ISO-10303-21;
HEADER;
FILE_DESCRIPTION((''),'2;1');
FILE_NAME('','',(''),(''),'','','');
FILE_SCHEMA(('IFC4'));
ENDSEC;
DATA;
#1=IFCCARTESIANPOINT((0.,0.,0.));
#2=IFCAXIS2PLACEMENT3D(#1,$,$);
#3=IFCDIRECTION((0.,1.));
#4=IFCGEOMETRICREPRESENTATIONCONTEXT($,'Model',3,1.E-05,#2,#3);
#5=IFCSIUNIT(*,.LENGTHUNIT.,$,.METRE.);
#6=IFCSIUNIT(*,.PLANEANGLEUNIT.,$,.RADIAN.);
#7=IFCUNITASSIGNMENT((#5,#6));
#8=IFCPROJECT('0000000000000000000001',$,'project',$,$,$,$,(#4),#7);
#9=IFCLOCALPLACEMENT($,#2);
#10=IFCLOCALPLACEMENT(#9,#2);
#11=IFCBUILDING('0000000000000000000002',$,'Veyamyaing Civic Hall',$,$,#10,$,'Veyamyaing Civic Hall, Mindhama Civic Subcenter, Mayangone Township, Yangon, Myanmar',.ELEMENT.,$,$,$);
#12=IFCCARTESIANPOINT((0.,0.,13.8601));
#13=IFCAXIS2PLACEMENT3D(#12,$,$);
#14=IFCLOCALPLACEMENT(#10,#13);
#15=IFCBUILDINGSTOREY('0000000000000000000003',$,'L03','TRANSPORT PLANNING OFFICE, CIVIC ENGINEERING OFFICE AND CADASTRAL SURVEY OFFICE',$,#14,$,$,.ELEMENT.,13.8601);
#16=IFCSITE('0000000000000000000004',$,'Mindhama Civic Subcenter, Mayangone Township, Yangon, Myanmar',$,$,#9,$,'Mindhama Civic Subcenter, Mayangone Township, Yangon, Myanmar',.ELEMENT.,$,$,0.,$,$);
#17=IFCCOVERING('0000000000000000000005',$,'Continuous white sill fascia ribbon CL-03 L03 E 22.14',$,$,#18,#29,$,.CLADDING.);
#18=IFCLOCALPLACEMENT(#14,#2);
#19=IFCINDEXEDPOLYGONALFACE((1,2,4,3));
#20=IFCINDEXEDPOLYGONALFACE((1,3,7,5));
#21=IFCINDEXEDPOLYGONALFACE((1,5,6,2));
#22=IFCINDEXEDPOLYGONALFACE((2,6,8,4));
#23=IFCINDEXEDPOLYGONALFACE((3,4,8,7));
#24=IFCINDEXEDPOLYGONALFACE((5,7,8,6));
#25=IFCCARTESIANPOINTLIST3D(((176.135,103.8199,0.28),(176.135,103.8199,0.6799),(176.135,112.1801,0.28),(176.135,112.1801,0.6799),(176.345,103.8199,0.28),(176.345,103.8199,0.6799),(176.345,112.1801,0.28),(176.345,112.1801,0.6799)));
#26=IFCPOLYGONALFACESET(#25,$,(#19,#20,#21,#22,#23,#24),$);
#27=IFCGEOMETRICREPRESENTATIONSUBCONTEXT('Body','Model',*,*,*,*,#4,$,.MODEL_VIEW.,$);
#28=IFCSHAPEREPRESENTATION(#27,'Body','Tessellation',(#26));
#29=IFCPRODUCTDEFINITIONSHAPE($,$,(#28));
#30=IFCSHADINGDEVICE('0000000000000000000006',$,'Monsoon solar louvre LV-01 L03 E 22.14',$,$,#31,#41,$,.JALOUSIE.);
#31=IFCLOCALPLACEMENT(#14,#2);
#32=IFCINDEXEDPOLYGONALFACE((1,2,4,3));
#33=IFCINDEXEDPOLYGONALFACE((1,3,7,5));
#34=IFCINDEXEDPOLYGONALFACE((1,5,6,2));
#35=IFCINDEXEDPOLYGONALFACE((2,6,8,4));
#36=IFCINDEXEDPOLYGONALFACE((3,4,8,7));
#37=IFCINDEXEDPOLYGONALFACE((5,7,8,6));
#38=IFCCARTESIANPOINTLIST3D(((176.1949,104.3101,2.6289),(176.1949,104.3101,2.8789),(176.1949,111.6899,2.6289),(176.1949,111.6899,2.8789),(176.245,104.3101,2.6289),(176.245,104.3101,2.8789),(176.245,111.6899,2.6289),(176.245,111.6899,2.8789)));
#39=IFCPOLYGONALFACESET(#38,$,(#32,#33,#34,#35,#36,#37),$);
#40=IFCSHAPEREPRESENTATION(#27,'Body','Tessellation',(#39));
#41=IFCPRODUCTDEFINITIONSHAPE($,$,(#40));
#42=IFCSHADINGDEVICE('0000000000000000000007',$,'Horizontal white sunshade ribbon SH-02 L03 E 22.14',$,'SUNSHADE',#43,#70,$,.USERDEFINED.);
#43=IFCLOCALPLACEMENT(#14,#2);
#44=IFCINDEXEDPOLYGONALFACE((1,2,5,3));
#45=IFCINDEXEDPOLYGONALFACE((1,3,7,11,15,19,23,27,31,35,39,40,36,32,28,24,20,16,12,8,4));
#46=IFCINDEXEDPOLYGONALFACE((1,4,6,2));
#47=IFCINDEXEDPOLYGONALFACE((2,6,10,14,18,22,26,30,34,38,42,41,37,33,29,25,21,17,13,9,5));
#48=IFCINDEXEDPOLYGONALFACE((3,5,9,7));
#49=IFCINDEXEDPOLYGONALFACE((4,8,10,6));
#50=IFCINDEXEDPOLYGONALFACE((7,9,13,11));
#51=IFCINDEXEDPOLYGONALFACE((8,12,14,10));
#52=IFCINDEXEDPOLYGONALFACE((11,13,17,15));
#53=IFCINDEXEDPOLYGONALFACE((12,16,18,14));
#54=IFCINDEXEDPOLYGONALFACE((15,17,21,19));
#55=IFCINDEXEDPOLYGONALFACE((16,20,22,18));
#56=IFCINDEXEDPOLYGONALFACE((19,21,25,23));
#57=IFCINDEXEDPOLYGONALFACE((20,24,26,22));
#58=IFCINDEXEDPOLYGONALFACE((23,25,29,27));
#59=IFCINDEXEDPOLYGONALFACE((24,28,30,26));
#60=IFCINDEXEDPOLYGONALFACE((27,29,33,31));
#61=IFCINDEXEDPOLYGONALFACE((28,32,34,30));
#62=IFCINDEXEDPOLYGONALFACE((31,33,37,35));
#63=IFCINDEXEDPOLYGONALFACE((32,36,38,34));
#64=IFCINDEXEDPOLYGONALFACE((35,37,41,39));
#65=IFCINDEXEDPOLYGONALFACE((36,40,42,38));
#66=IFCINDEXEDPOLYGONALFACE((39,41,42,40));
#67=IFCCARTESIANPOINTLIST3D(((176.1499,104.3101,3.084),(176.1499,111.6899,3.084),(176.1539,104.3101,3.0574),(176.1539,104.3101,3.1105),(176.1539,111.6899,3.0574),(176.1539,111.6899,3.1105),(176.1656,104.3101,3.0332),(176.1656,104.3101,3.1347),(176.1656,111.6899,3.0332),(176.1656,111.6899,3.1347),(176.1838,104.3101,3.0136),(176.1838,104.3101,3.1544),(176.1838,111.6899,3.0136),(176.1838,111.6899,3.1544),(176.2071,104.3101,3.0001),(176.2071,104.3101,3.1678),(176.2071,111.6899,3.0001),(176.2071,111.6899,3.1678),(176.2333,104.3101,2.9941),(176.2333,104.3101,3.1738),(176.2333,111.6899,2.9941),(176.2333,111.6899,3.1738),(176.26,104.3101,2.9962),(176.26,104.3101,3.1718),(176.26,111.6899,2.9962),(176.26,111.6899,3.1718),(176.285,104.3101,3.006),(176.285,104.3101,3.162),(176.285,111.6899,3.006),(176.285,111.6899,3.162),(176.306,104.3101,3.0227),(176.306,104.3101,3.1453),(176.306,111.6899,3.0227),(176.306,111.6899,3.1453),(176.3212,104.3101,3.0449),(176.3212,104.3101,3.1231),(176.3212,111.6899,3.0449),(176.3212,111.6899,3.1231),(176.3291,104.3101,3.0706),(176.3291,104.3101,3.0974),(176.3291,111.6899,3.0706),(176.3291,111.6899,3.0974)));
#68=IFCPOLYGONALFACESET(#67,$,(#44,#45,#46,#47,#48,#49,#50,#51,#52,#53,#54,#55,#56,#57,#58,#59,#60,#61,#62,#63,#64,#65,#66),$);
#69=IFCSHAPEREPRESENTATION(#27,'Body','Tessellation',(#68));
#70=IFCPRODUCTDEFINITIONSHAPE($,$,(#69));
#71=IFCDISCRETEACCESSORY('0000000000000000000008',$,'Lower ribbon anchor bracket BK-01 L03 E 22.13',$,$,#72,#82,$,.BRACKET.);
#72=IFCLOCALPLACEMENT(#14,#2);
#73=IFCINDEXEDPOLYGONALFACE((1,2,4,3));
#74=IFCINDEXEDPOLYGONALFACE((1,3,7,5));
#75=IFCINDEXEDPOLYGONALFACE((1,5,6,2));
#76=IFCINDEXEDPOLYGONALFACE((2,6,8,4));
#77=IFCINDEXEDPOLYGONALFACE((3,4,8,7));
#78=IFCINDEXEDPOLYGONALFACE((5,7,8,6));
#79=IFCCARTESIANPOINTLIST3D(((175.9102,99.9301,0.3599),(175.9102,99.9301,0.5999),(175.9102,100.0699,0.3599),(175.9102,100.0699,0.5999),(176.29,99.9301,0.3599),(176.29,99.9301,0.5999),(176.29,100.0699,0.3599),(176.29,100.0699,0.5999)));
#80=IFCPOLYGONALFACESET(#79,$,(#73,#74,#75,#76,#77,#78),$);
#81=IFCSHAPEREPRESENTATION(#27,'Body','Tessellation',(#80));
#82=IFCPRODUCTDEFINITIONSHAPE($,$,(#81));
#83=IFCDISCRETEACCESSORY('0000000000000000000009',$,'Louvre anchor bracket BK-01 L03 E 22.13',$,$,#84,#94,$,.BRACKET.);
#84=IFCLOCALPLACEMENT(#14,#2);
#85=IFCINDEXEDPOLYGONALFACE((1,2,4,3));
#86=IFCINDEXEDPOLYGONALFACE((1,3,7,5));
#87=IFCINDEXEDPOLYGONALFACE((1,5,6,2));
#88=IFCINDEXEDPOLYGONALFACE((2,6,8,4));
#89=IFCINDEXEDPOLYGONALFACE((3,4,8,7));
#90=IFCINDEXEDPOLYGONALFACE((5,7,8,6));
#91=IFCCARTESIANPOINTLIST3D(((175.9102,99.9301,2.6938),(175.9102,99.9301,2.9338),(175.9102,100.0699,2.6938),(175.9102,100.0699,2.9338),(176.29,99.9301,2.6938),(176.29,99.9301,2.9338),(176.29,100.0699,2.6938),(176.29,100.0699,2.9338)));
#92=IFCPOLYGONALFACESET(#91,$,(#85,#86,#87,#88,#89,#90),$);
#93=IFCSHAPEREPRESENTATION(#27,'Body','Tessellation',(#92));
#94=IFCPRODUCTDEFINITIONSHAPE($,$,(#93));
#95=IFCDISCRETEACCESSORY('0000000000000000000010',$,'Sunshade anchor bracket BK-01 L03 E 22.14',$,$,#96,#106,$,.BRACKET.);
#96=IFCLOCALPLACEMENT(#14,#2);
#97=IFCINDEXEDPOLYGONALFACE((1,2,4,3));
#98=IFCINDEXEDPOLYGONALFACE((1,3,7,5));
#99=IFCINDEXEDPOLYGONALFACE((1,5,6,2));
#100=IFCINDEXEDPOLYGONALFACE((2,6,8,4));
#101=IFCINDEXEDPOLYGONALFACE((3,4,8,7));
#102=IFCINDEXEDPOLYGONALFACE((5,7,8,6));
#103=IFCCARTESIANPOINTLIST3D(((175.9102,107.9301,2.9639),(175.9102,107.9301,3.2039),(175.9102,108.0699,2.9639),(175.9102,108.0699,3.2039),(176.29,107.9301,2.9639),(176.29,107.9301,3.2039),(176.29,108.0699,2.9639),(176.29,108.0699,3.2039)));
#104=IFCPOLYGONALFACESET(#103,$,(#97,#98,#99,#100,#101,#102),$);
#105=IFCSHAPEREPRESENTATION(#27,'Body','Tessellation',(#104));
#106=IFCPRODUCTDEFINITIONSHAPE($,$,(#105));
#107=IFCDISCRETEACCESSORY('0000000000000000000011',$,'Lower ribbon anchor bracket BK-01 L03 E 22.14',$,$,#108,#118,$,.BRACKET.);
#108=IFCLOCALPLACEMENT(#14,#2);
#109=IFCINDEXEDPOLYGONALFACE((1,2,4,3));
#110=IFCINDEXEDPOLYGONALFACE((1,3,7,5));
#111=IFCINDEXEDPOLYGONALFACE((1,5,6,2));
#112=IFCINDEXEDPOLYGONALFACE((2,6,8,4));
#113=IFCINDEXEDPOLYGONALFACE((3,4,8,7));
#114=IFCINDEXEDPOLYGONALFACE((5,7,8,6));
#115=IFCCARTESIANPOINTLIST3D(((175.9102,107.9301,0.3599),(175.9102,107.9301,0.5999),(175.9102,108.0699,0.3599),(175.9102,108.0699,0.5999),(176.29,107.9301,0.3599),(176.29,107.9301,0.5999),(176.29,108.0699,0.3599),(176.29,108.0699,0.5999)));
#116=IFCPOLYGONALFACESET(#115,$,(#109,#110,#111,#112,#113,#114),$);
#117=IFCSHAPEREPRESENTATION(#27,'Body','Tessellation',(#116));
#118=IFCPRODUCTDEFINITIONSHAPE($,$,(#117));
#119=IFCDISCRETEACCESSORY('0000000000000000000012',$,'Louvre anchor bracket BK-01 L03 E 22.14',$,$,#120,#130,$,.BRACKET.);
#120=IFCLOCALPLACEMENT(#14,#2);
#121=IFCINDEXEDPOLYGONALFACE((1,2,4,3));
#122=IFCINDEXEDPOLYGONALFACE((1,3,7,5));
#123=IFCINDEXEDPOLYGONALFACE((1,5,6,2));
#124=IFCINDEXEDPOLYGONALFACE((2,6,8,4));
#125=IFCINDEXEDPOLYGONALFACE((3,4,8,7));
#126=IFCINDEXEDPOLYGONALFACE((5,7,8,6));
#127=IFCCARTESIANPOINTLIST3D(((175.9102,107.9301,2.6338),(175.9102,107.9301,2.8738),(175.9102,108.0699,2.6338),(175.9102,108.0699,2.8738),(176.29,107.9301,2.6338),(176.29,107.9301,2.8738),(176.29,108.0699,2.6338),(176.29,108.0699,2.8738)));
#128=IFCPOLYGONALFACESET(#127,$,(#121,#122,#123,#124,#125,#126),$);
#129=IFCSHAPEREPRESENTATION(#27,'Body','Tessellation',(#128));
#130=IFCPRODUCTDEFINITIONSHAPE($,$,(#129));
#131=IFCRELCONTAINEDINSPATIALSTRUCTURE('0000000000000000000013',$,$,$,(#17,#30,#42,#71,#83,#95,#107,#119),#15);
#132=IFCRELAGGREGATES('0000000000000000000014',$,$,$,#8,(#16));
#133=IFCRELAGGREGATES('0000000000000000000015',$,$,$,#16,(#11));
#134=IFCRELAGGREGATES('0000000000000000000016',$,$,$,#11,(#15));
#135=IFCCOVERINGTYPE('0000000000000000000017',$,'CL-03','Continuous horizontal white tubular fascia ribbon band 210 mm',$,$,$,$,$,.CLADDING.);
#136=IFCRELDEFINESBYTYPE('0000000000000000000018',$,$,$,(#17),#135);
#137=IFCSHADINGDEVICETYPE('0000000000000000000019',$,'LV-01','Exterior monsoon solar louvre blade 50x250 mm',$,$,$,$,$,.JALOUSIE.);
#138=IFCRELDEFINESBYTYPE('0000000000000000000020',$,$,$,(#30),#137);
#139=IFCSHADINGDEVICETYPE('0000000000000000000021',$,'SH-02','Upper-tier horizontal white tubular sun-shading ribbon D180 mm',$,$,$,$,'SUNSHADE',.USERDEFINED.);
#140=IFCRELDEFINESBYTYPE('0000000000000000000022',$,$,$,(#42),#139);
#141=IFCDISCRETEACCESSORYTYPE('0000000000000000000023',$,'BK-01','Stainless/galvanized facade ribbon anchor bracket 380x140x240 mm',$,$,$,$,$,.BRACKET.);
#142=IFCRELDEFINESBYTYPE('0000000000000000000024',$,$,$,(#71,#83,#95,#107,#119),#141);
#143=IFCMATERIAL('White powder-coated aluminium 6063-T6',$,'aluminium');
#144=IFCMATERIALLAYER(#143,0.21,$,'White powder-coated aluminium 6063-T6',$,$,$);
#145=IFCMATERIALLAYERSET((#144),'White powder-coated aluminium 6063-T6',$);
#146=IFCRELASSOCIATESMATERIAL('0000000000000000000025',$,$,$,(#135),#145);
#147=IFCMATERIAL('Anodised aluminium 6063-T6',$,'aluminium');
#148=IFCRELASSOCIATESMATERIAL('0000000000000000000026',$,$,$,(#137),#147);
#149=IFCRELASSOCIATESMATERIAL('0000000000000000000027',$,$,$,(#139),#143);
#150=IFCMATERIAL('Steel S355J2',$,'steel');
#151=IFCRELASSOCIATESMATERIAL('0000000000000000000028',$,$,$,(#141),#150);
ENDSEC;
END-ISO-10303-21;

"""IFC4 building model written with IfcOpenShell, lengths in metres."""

from ifc_helpers import new_model, si_unit, direction, frame, origin, origin_2d, place, context, subcontext, project, spatial, rectangle, circle, extrude, material, layer, layer_set, material_profile, profile_set, type_object, element, save


model = new_model("IFC4")

# Units and contexts
model_context = context("Model", 3, precision=1e-05, world=origin(), true_north=direction((0.0, 1.0)))
body_context = subcontext(model_context, "Body", "Model", "MODEL_VIEW")
ifc_project = project(units=[si_unit("LENGTHUNIT", "METRE"), si_unit("PLANEANGLEUNIT", "RADIAN")], contexts=[model_context])

# Site, building, storey
site_placement = place(None, origin())
site = spatial("IfcSite", under=ifc_project, at=site_placement, Name="Mindhama Civic Subcenter, Mayangone Township, Yangon, Myanmar", LongName="Mindhama Civic Subcenter, Mayangone Township, Yangon, Myanmar", CompositionType="ELEMENT", RefElevation=0.0)
building_placement = place(site_placement, origin())
building = spatial("IfcBuilding", under=site, at=building_placement, Name="Veyamyaing Civic Hall", LongName="Veyamyaing Civic Hall, Mindhama Civic Subcenter, Mayangone Township, Yangon, Myanmar", CompositionType="ELEMENT")
storey_placement = place(building_placement, frame((0.0, 0.0, 13.8601)))
storey = spatial("IfcBuildingStorey", under=building, at=storey_placement, Name="L03", Description="TRANSPORT PLANNING OFFICE, CIVIC ENGINEERING OFFICE AND CADASTRAL SURVEY OFFICE", CompositionType="ELEMENT", Elevation=13.8601)

# Covering
ifc_material_1 = material(Name="White powder-coated aluminium 6063-T6", Category="aluminium")
ifc_layer_1 = layer(ifc_material_1, 0.21, Name="White powder-coated aluminium 6063-T6")
ifc_layer_set_1 = layer_set([ifc_layer_1], Name="White powder-coated aluminium 6063-T6")
covering_type_1 = type_object("IfcCoveringType", Name="CL-03", Description="Continuous horizontal white tubular fascia ribbon band 210 mm", PredefinedType="CLADDING", material=ifc_layer_set_1)
for number, where, z_axis, x_axis, name in (
    (1, (176.24, 108.0, 0.28), (0.0, 0.0, 1.0), (0.0, 1.0, 0.0), "Continuous white sill fascia ribbon CL-03 L03 E 22.14"),
):
    element("IfcCovering", number, at=place(storey_placement, frame(where, z_axis=z_axis, x_axis=x_axis)), inside=storey, type_object=covering_type_1, Name=name, PredefinedType="CLADDING", context=body_context, shape_type="SweptSolid", body=[
        extrude(rectangle(XDim=8.3601, YDim=0.21, at=origin_2d()), origin(), (0.0, 0.0, 1.0), 0.3999),
    ])

# Shading devices
ifc_material_2 = material(Name="Anodised aluminium 6063-T6", Category="aluminium")
ifc_material_profile_1 = material_profile(ifc_material_2, rectangle(XDim=0.05, YDim=0.25, at=origin_2d()), Name="LOUVRE-BLADE-50X250")
ifc_profile_set_1 = profile_set([ifc_material_profile_1], Name="Anodised aluminium 6063-T6")
shading_device_type_1 = type_object("IfcShadingDeviceType", Name="LV-01", Description="Exterior monsoon solar louvre blade 50x250 mm", PredefinedType="JALOUSIE", material=ifc_profile_set_1)
shading_device_1_placement = place(storey_placement, frame((176.22, 104.3101, 2.7539), z_axis=(0.0, 1.0, 0.0), x_axis=(-1.0, 0.0, 0.0)))
element("IfcShadingDevice", 2, at=shading_device_1_placement, inside=storey, type_object=shading_device_type_1, Name="Monsoon solar louvre LV-01 L03 E 22.14", PredefinedType="JALOUSIE", context=body_context, shape_type="SweptSolid", body=[
    extrude(rectangle(XDim=0.05, YDim=0.25, at=origin_2d()), origin(), (0.0, 0.0, 1.0), 7.3799),
])
ifc_material_profile_2 = material_profile(ifc_material_1, circle(Radius=0.0901, at=origin_2d()), Name="SHADE-TUBE-180")
ifc_profile_set_2 = profile_set([ifc_material_profile_2], Name="White powder-coated aluminium 6063-T6")
shading_device_type_2 = type_object("IfcShadingDeviceType", Name="SH-02", Description="Upper-tier horizontal white tubular sun-shading ribbon D180 mm", ElementType="SUNSHADE", PredefinedType="USERDEFINED", material=ifc_profile_set_2)
shading_device_2_placement = place(storey_placement, frame((176.24, 104.3101, 3.084), z_axis=(0.0, 1.0, 0.0), x_axis=(-1.0, 0.0, 0.0)))
element("IfcShadingDevice", 3, at=shading_device_2_placement, inside=storey, type_object=shading_device_type_2, Name="Horizontal white sunshade ribbon SH-02 L03 E 22.14", ObjectType="SUNSHADE", PredefinedType="USERDEFINED", context=body_context, shape_type="SweptSolid", body=[
    extrude(circle(Radius=0.0901, at=origin_2d()), origin(), (0.0, 0.0, 1.0), 7.3799),
])

# Discrete accessories
ifc_material_3 = material(Name="Steel S355J2", Category="steel")
discrete_accessory_type = type_object("IfcDiscreteAccessoryType", Name="BK-01", Description="Stainless/galvanized facade ribbon anchor bracket 380x140x240 mm", PredefinedType="BRACKET", material=ifc_material_3)
for number, where, z_axis, x_axis, name in (
    (4, (176.1001, 100.0, 0.3599), (0.0, 0.0, 1.0), (1.0, 0.0, 0.0), "Lower ribbon anchor bracket BK-01 L03 E 22.13"),
    (5, (176.1001, 100.0, 2.6938), (0.0, 0.0, 1.0), (1.0, 0.0, 0.0), "Louvre anchor bracket BK-01 L03 E 22.13"),
    (6, (176.1001, 108.0, 2.9639), (0.0, 0.0, 1.0), (1.0, 0.0, 0.0), "Sunshade anchor bracket BK-01 L03 E 22.14"),
    (7, (176.1001, 108.0, 0.3599), (0.0, 0.0, 1.0), (1.0, 0.0, 0.0), "Lower ribbon anchor bracket BK-01 L03 E 22.14"),
    (8, (176.1001, 108.0, 2.6338), (0.0, 0.0, 1.0), (1.0, 0.0, 0.0), "Louvre anchor bracket BK-01 L03 E 22.14"),
):
    element("IfcDiscreteAccessory", number, at=place(storey_placement, frame(where, z_axis=z_axis, x_axis=x_axis)), inside=storey, type_object=discrete_accessory_type, Name=name, PredefinedType="BRACKET", context=body_context, shape_type="SweptSolid", body=[
        extrude(rectangle(XDim=0.3799, YDim=0.1399, at=origin_2d()), origin(), (0.0, 0.0, 1.0), 0.24),
    ])

save(model, "model.ifc")
